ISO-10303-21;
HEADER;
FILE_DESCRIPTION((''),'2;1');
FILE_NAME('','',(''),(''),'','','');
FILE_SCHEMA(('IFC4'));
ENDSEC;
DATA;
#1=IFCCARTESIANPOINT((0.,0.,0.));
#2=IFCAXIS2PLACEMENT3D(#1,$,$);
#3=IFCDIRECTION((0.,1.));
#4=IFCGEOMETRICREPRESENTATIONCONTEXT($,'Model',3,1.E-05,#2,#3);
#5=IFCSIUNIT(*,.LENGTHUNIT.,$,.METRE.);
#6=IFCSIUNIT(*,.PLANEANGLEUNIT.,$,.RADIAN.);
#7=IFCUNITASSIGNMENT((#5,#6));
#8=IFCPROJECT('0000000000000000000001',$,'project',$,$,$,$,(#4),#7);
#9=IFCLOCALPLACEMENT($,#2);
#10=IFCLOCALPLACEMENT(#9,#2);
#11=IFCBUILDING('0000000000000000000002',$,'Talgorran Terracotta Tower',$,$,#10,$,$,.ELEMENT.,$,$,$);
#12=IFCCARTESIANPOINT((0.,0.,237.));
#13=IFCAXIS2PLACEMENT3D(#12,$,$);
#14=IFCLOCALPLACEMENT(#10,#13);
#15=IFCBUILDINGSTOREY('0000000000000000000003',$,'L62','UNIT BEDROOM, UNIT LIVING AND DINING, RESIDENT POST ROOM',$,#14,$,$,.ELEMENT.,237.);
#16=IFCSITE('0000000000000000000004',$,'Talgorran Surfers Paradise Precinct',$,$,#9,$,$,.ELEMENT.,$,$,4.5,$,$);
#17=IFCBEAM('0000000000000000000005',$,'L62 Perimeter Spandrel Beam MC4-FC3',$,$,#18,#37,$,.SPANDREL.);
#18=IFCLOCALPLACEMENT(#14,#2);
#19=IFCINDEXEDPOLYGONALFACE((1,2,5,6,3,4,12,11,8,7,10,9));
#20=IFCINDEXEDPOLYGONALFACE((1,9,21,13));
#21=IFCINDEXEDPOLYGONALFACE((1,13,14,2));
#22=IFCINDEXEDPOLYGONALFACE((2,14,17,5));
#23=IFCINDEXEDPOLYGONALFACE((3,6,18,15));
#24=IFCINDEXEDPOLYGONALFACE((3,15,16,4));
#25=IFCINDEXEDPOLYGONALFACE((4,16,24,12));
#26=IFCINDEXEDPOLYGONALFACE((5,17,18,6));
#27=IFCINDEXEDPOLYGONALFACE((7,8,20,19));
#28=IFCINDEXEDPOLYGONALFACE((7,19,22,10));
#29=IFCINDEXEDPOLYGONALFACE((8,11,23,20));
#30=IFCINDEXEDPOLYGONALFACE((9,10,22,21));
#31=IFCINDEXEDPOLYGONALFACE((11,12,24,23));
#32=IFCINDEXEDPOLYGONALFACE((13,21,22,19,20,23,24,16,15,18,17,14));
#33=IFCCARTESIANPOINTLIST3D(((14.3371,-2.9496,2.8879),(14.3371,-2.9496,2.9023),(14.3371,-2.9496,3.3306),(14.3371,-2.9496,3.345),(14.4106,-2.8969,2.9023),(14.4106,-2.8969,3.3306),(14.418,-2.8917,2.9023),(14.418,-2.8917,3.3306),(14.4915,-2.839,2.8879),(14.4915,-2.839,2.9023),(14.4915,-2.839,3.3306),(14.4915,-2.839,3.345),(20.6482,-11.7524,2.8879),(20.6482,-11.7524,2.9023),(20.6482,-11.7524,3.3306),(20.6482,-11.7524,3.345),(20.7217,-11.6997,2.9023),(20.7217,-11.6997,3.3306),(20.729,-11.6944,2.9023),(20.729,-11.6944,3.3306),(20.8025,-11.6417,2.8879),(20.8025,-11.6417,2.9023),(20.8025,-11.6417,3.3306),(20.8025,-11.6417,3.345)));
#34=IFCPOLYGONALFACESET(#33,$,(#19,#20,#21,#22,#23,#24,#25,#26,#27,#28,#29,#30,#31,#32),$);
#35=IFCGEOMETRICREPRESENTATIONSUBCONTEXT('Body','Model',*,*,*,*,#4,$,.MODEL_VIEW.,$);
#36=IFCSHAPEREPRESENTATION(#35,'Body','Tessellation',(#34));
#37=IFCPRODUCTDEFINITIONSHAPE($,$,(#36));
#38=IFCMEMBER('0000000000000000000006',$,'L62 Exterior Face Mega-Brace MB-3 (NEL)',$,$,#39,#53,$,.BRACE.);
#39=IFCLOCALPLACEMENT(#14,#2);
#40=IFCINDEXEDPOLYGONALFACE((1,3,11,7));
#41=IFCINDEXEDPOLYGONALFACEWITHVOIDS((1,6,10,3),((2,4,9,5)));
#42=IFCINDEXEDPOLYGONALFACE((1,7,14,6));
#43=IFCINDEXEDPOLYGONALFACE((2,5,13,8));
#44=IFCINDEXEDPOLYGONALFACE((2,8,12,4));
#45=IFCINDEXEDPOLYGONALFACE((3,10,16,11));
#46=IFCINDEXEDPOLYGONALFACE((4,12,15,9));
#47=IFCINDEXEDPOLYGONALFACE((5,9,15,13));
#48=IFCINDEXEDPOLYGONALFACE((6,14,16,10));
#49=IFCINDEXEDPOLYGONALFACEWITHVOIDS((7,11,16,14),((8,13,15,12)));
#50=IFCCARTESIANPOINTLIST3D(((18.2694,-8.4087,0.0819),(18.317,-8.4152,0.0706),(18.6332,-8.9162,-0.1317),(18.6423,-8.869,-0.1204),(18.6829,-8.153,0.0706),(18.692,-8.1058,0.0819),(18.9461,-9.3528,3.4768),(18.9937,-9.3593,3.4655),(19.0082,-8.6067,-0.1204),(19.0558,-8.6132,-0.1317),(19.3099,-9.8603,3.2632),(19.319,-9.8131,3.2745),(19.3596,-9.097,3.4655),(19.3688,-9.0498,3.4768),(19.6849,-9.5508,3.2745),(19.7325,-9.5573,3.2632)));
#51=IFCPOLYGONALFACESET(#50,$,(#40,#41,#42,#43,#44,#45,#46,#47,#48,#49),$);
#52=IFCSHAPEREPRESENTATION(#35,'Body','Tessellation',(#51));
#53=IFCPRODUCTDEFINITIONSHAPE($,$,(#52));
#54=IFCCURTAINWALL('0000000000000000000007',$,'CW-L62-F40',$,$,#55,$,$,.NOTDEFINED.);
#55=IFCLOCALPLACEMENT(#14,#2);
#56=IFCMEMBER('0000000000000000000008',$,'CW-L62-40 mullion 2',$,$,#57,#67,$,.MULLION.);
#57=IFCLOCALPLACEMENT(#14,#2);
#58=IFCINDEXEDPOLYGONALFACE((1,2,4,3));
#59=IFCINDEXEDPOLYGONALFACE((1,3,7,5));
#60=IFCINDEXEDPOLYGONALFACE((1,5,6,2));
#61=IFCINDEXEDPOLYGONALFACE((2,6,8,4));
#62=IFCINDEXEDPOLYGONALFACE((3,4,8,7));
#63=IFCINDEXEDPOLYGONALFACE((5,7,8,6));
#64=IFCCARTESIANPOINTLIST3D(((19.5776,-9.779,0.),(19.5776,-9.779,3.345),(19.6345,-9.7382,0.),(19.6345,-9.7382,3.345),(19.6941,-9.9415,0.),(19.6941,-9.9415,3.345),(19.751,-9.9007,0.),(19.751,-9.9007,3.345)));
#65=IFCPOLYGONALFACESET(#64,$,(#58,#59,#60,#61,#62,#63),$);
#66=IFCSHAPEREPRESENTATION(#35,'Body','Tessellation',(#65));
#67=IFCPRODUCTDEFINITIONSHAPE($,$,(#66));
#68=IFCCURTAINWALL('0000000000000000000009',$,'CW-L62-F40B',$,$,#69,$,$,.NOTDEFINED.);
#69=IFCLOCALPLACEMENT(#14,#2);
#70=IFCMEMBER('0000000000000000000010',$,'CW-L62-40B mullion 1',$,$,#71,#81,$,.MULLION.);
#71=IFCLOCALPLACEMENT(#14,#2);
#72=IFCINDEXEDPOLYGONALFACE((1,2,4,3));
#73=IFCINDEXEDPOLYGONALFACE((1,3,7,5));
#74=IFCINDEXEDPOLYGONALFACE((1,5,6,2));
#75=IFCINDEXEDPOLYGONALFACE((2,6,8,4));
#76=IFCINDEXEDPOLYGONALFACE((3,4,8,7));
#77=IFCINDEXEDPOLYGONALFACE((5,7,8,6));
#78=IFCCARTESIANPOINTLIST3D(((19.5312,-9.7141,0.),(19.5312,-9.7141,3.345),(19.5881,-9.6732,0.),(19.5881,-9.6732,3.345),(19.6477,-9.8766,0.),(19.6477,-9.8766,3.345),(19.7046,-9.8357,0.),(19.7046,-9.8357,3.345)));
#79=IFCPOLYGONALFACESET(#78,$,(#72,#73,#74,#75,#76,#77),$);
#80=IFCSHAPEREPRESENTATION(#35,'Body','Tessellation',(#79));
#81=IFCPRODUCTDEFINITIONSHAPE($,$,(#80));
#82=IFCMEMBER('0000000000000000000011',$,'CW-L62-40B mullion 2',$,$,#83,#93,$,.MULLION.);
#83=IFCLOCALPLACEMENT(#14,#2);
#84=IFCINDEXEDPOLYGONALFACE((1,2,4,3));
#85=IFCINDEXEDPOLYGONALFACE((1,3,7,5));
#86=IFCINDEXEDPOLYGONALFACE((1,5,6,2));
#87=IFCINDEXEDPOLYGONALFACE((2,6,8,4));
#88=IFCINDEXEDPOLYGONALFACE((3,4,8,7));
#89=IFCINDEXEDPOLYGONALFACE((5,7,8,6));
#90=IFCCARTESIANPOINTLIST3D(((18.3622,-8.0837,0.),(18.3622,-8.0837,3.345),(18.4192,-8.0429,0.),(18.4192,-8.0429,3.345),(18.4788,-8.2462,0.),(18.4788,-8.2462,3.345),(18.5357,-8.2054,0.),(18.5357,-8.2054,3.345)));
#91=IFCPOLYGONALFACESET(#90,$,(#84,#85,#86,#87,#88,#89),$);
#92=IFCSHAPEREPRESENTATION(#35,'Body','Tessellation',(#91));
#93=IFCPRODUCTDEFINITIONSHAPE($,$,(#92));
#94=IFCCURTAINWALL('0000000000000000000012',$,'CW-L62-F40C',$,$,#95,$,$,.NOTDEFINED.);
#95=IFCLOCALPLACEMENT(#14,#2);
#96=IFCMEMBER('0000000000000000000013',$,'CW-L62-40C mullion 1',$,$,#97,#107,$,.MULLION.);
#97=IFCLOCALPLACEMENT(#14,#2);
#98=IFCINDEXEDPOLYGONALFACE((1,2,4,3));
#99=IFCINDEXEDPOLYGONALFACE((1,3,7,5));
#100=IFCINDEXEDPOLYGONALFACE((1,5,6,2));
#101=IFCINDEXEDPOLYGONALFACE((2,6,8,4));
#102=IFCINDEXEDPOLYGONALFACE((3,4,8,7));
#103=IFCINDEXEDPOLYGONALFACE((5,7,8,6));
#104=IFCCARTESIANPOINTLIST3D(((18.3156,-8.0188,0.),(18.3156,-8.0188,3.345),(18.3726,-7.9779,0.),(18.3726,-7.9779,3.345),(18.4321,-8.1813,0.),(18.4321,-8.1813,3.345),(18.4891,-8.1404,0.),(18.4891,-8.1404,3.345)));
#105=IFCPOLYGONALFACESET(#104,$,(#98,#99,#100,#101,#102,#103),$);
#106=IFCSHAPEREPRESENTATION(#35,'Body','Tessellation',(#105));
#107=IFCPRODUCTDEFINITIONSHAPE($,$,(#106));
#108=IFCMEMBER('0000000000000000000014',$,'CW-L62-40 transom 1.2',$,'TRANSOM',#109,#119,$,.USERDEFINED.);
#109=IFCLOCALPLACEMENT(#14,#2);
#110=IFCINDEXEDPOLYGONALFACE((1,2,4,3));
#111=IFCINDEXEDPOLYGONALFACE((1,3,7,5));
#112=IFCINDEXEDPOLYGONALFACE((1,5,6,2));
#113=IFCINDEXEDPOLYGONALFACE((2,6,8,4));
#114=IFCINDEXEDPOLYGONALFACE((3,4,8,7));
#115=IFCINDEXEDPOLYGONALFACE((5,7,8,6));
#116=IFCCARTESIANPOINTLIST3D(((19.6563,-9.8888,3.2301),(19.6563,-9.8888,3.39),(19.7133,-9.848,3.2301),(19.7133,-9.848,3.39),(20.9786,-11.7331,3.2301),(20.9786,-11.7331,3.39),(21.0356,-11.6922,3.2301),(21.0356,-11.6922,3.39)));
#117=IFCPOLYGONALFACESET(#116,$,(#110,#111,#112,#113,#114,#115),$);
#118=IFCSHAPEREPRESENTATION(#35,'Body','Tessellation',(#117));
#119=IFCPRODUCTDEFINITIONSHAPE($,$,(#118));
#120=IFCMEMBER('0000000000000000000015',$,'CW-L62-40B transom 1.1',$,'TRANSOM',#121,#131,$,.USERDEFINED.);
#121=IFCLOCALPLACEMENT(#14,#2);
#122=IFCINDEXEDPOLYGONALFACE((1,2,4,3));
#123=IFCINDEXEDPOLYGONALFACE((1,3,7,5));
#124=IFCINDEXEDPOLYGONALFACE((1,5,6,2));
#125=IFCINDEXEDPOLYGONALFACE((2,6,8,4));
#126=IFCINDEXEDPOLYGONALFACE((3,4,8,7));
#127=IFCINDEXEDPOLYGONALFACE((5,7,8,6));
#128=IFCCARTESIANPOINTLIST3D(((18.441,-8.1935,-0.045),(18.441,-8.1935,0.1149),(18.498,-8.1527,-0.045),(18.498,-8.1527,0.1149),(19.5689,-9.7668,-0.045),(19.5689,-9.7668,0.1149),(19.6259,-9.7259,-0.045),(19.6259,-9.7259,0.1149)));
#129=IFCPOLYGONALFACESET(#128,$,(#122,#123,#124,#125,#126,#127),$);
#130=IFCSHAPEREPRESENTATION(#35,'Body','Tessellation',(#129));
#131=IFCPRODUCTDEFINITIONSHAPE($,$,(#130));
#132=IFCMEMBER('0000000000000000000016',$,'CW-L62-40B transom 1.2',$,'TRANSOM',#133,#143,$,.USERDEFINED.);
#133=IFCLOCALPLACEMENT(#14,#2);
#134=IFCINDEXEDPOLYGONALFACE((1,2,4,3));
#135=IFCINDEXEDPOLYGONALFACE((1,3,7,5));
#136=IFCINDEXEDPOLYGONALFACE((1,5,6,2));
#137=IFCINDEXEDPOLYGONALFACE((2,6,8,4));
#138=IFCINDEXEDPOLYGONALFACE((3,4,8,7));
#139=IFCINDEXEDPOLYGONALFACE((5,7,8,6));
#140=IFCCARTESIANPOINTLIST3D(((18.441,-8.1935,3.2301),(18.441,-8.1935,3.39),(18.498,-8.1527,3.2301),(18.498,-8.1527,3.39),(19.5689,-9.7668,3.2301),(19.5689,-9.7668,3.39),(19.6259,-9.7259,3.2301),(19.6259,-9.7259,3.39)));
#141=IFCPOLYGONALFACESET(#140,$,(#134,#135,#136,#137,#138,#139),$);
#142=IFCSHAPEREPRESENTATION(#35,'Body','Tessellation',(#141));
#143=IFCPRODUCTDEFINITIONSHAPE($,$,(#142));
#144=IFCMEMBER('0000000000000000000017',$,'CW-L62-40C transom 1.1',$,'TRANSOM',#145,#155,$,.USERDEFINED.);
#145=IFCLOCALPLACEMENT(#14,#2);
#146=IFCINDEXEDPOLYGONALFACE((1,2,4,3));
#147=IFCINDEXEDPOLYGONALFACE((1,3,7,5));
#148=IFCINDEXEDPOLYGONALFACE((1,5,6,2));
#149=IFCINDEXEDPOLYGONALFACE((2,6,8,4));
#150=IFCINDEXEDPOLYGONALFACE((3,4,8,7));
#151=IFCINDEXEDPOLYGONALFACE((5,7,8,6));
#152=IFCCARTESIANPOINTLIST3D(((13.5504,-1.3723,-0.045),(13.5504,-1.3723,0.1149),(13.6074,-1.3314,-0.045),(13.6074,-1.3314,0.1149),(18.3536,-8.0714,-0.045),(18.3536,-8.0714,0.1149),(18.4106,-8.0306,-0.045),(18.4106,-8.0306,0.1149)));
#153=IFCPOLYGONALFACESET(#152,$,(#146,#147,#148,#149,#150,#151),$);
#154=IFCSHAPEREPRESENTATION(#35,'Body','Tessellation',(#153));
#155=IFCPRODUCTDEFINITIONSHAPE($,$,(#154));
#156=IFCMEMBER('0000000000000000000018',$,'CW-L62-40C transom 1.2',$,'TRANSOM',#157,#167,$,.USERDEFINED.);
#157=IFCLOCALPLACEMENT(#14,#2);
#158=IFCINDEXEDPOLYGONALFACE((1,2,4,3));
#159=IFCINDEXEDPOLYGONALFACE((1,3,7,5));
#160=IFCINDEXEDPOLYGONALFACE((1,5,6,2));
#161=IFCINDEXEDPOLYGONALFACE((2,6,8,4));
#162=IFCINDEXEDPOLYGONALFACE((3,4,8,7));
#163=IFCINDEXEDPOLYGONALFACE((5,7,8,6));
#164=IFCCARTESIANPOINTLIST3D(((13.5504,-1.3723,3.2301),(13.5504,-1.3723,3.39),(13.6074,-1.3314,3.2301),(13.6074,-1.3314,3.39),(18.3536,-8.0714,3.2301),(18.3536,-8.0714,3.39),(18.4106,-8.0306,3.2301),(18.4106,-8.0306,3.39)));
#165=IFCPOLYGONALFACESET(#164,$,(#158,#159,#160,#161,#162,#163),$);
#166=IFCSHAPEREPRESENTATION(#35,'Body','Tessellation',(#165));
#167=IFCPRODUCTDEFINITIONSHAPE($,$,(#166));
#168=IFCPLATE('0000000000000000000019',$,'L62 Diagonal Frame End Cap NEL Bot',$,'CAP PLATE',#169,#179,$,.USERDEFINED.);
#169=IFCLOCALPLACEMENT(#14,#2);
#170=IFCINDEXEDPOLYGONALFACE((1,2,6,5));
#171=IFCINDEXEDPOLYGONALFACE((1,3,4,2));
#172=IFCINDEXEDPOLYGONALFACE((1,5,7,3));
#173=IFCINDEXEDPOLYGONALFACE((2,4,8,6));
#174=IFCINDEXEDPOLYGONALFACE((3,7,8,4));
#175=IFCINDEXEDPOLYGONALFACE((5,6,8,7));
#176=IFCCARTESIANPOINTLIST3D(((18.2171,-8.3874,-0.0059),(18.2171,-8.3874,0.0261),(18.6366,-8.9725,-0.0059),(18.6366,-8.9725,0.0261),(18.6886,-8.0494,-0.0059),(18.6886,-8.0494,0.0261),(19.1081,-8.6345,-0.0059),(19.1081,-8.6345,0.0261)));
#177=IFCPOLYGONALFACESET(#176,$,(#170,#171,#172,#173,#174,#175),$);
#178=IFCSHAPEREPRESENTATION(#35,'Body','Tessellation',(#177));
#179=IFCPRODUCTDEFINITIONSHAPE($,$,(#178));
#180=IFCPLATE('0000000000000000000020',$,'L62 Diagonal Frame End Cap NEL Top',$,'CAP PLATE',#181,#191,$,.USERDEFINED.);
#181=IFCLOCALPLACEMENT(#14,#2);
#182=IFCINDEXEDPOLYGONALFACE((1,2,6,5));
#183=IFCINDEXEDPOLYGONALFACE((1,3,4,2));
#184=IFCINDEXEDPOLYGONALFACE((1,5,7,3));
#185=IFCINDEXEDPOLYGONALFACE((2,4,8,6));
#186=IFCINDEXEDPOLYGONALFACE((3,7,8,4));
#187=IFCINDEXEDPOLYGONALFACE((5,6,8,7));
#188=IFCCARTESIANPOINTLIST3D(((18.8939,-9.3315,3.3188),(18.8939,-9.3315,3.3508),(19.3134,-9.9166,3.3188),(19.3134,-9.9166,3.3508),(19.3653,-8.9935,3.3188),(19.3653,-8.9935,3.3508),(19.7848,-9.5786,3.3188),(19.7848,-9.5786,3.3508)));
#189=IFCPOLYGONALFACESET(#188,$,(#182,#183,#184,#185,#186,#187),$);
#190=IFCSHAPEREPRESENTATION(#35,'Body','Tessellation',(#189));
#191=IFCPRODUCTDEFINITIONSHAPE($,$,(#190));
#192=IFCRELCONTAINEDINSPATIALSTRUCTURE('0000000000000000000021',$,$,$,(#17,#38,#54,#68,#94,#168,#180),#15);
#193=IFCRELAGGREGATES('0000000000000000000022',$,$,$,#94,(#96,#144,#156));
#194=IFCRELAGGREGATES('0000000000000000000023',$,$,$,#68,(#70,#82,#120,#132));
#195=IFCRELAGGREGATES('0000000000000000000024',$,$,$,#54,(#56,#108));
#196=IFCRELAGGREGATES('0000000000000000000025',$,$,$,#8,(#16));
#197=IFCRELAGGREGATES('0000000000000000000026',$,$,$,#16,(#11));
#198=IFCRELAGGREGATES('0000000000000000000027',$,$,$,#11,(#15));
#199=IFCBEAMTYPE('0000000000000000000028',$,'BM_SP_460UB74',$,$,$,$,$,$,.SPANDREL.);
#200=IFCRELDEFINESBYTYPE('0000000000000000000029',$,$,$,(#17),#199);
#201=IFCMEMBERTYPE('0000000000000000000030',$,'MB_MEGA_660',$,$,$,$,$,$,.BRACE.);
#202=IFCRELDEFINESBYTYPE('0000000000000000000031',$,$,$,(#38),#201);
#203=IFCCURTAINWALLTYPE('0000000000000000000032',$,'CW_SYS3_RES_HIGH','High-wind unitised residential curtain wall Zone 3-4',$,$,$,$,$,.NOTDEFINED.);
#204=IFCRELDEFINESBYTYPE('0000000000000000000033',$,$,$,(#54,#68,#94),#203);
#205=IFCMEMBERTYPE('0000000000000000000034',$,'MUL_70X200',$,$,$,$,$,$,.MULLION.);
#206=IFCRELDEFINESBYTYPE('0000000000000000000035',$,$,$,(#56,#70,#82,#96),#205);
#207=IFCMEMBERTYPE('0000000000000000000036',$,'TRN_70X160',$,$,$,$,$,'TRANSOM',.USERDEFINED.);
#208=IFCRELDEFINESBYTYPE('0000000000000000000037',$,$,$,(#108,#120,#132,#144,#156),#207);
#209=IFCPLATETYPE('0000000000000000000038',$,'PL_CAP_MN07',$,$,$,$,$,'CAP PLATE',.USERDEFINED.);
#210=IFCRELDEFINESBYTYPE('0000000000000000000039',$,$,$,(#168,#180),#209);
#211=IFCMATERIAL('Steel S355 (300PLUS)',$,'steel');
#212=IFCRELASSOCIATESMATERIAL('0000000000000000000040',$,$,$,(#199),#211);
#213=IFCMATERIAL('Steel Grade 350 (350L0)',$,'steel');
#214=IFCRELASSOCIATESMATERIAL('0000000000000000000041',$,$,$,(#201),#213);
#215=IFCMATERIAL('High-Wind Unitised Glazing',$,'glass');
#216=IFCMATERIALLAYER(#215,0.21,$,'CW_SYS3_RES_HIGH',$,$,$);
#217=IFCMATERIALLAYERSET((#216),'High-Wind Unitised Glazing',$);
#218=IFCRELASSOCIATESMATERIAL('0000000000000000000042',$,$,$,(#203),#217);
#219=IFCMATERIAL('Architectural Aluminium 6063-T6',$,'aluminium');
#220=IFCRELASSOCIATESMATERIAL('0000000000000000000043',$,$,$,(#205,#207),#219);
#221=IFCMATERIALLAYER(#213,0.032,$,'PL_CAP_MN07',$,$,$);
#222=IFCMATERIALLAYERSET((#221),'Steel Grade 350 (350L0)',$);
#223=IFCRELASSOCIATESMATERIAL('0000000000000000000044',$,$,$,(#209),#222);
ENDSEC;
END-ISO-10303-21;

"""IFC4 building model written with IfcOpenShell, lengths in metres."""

from ifc_helpers import new_model, si_unit, direction, frame, origin, origin_2d, place, context, subcontext, project, spatial, rectangle, hollow_rectangle, i_section, extrude, material, layer, layer_set, material_profile, profile_set, type_object, element, aggregate, save


model = new_model("IFC4")

# Units and contexts
model_context = context("Model", 3, precision=1e-05, world=origin(), true_north=direction((0.0, 1.0)))
body_context = subcontext(model_context, "Body", "Model", "MODEL_VIEW")
ifc_project = project(units=[si_unit("LENGTHUNIT", "METRE"), si_unit("PLANEANGLEUNIT", "RADIAN")], contexts=[model_context])

# Site, building, storey
site_placement = place(None, origin())
site = spatial("IfcSite", under=ifc_project, at=site_placement, Name="Talgorran Surfers Paradise Precinct", CompositionType="ELEMENT", RefElevation=4.5)
building_placement = place(site_placement, origin())
building = spatial("IfcBuilding", under=site, at=building_placement, Name="Talgorran Terracotta Tower", CompositionType="ELEMENT")
storey_placement = place(building_placement, frame((0.0, 0.0, 237.0)))
storey = spatial("IfcBuildingStorey", under=building, at=storey_placement, Name="L62", Description="UNIT BEDROOM, UNIT LIVING AND DINING, RESIDENT POST ROOM", CompositionType="ELEMENT", Elevation=237.0)

# Beam
ifc_material_1 = material(Name="Steel S355 (300PLUS)", Category="steel")
ifc_material_profile_1 = material_profile(ifc_material_1, i_section(OverallWidth=0.1899, OverallDepth=0.457, WebThickness=0.009, FlangeThickness=0.0144, at=origin_2d()), Name="460UB74.6")
ifc_profile_set_1 = profile_set([ifc_material_profile_1], Name="Steel S355 (300PLUS)")
beam_type = type_object("IfcBeamType", Name="BM_SP_460UB74", PredefinedType="SPANDREL", material=ifc_profile_set_1)
beam_placement = place(storey_placement, frame((20.7253, -11.697, 3.1165), z_axis=(-0.582666, 0.812712, 0.0), x_axis=(-0.812712, -0.582666, 0.0)))
element("IfcBeam", 1, at=beam_placement, inside=storey, type_object=beam_type, Name="L62 Perimeter Spandrel Beam MC4-FC3", PredefinedType="SPANDREL", context=body_context, shape_type="SweptSolid", body=[
    extrude(i_section(OverallWidth=0.1899, OverallDepth=0.457, WebThickness=0.009, FlangeThickness=0.0144, at=origin_2d()), origin(), (0.0, 0.0, 1.0), 10.8313),
])

# Member
ifc_material_2 = material(Name="Steel Grade 350 (350L0)", Category="steel")
ifc_material_profile_2 = material_profile(ifc_material_2, hollow_rectangle(XDim=0.52, YDim=0.6599, WallThickness=0.0349, at=origin_2d()), Name="WBOX660X520X35")
ifc_profile_set_2 = profile_set([ifc_material_profile_2], Name="Steel Grade 350 (350L0)")
member_type_1 = type_object("IfcMemberType", Name="MB_MEGA_660", PredefinedType="BRACE", material=ifc_profile_set_2)
member_1_placement = place(storey_placement, frame((18.6626, -8.511, -0.0249), z_axis=(0.188604, -0.263107, 0.946152), x_axis=(0.812752, 0.582609, 0.0)))
element("IfcMember", 2, at=member_1_placement, inside=storey, type_object=member_type_1, Name="L62 Exterior Face Mega-Brace MB-3 (NEL)", PredefinedType="BRACE", context=body_context, shape_type="SweptSolid", body=[
    extrude(hollow_rectangle(XDim=0.52, YDim=0.6599, WallThickness=0.0349, at=origin_2d()), origin(), (0.0, 0.0, 1.0), 3.5881),
])

# Curtain wall, member
ifc_material_3 = material(Name="High-Wind Unitised Glazing", Category="glass")
ifc_layer_1 = layer(ifc_material_3, 0.21, Name="CW_SYS3_RES_HIGH")
ifc_layer_set_1 = layer_set([ifc_layer_1], Name="High-Wind Unitised Glazing")
curtain_wall_type = type_object("IfcCurtainWallType", Name="CW_SYS3_RES_HIGH", Description="High-wind unitised residential curtain wall Zone 3-4", PredefinedType="NOTDEFINED", material=ifc_layer_set_1)
curtain_wall_1_placement = place(storey_placement, origin())
curtain_wall_1 = element("IfcCurtainWall", 3, at=curtain_wall_1_placement, inside=storey, type_object=curtain_wall_type, Name="CW-L62-F40", PredefinedType="NOTDEFINED")
ifc_material_4 = material(Name="Architectural Aluminium 6063-T6", Category="aluminium")
ifc_material_profile_3 = material_profile(ifc_material_4, rectangle(XDim=0.0701, YDim=0.2, at=origin_2d()), Name="CWM70X200")
ifc_profile_set_3 = profile_set([ifc_material_profile_3], Name="Architectural Aluminium 6063-T6")
member_type_2 = type_object("IfcMemberType", Name="MUL_70X200", PredefinedType="MULLION", material=ifc_profile_set_3)
member_2_placement = place(storey_placement, frame((19.6643, -9.8398, 0.0), z_axis=(0.0, 0.0, 1.0), x_axis=(-0.812706, -0.582674, 0.0)))
member_2 = element("IfcMember", 4, at=member_2_placement, type_object=member_type_2, Name="CW-L62-40 mullion 2", PredefinedType="MULLION", context=body_context, shape_type="SweptSolid", body=[
    extrude(rectangle(XDim=0.0701, YDim=0.2, at=origin_2d()), origin(), (0.0, 0.0, 1.0), 3.345),
])

# Curtain wall, members
curtain_wall_2_placement = place(storey_placement, origin())
curtain_wall_2 = element("IfcCurtainWall", 5, at=curtain_wall_2_placement, inside=storey, type_object=curtain_wall_type, Name="CW-L62-F40B", PredefinedType="NOTDEFINED")
member_3_placement = place(storey_placement, frame((19.6179, -9.7749, 0.0), z_axis=(0.0, 0.0, 1.0), x_axis=(-0.8127, -0.582682, 0.0)))
member_3 = element("IfcMember", 6, at=member_3_placement, type_object=member_type_2, Name="CW-L62-40B mullion 1", PredefinedType="MULLION", context=body_context, shape_type="SweptSolid", body=[
    extrude(rectangle(XDim=0.0701, YDim=0.2, at=origin_2d()), origin(), (0.0, 0.0, 1.0), 3.345),
])
member_4_placement = place(storey_placement, frame((18.449, -8.1445, 0.0), z_axis=(0.0, 0.0, 1.0), x_axis=(-0.8127, -0.582682, 0.0)))
member_4 = element("IfcMember", 7, at=member_4_placement, type_object=member_type_2, Name="CW-L62-40B mullion 2", PredefinedType="MULLION", context=body_context, shape_type="SweptSolid", body=[
    extrude(rectangle(XDim=0.0701, YDim=0.2, at=origin_2d()), origin(), (0.0, 0.0, 1.0), 3.345),
])

# Curtain wall, member
curtain_wall_3_placement = place(storey_placement, origin())
curtain_wall_3 = element("IfcCurtainWall", 8, at=curtain_wall_3_placement, inside=storey, type_object=curtain_wall_type, Name="CW-L62-F40C", PredefinedType="NOTDEFINED")
member_5_placement = place(storey_placement, frame((18.4023, -8.0796, 0.0), z_axis=(0.0, 0.0, 1.0), x_axis=(-0.812709, -0.582669, 0.0)))
member_5 = element("IfcMember", 9, at=member_5_placement, type_object=member_type_2, Name="CW-L62-40C mullion 1", PredefinedType="MULLION", context=body_context, shape_type="SweptSolid", body=[
    extrude(rectangle(XDim=0.0701, YDim=0.2, at=origin_2d()), origin(), (0.0, 0.0, 1.0), 3.345),
])

# Members
ifc_material_profile_4 = material_profile(ifc_material_4, rectangle(XDim=0.0701, YDim=0.1599, at=origin_2d()), Name="CWT70X160")
ifc_profile_set_4 = profile_set([ifc_material_profile_4], Name="Architectural Aluminium 6063-T6")
member_type_3 = type_object("IfcMemberType", Name="TRN_70X160", ElementType="TRANSOM", PredefinedType="USERDEFINED", material=ifc_profile_set_4)
member_6_placement = place(storey_placement, frame((21.0071, -11.7126, 3.3101), z_axis=(-0.582682, 0.8127, 0.0), x_axis=(-0.8127, -0.582682, 0.0)))
member_6 = element("IfcMember", 10, at=member_6_placement, type_object=member_type_3, Name="CW-L62-40 transom 1.2", ObjectType="TRANSOM", PredefinedType="USERDEFINED", context=body_context, shape_type="SweptSolid", body=[
    extrude(rectangle(XDim=0.0701, YDim=0.1599, at=origin_2d()), origin(), (0.0, 0.0, 1.0), 2.2693),
])
member_7_placement = place(storey_placement, frame((19.5974, -9.7463, 0.0349), z_axis=(-0.582669, 0.81271, 0.0), x_axis=(-0.81271, -0.582669, 0.0)))
member_7 = element("IfcMember", 11, at=member_7_placement, type_object=member_type_3, Name="CW-L62-40B transom 1.1", ObjectType="TRANSOM", PredefinedType="USERDEFINED", context=body_context, shape_type="SweptSolid", body=[
    extrude(rectangle(XDim=0.0701, YDim=0.1599, at=origin_2d()), origin(), (0.0, 0.0, 1.0), 1.9358),
])
member_8_placement = place(storey_placement, frame((19.5974, -9.7463, 3.3101), z_axis=(-0.582669, 0.81271, 0.0), x_axis=(-0.81271, -0.582669, 0.0)))
member_8 = element("IfcMember", 12, at=member_8_placement, type_object=member_type_3, Name="CW-L62-40B transom 1.2", ObjectType="TRANSOM", PredefinedType="USERDEFINED", context=body_context, shape_type="SweptSolid", body=[
    extrude(rectangle(XDim=0.0701, YDim=0.1599, at=origin_2d()), origin(), (0.0, 0.0, 1.0), 1.9358),
])
member_9_placement = place(storey_placement, frame((18.3821, -8.051, 0.0349), z_axis=(-0.582689, 0.812696, 0.0), x_axis=(-0.812696, -0.582689, 0.0)))
member_9 = element("IfcMember", 13, at=member_9_placement, type_object=member_type_3, Name="CW-L62-40C transom 1.1", ObjectType="TRANSOM", PredefinedType="USERDEFINED", context=body_context, shape_type="SweptSolid", body=[
    extrude(rectangle(XDim=0.0701, YDim=0.1599, at=origin_2d()), origin(), (0.0, 0.0, 1.0), 8.2432),
])
member_10_placement = place(storey_placement, frame((18.3821, -8.051, 3.3101), z_axis=(-0.582689, 0.812696, 0.0), x_axis=(-0.812696, -0.582689, 0.0)))
member_10 = element("IfcMember", 14, at=member_10_placement, type_object=member_type_3, Name="CW-L62-40C transom 1.2", ObjectType="TRANSOM", PredefinedType="USERDEFINED", context=body_context, shape_type="SweptSolid", body=[
    extrude(rectangle(XDim=0.0701, YDim=0.1599, at=origin_2d()), origin(), (0.0, 0.0, 1.0), 8.2432),
])
aggregate(curtain_wall_3, [member_5, member_9, member_10])

# Plates
ifc_layer_2 = layer(ifc_material_2, 0.032, Name="PL_CAP_MN07")
ifc_layer_set_2 = layer_set([ifc_layer_2], Name="Steel Grade 350 (350L0)")
plate_type_1 = type_object("IfcPlateType", Name="PL_CAP_MN07", ElementType="CAP PLATE", PredefinedType="USERDEFINED", material=ifc_layer_set_2)
for number, where, z_axis, x_axis, name in (
    (15, (18.6626, -8.511, -0.0059), (0.0, 0.0, 1.0), (0.58269, -0.812694, 0.0), "L62 Diagonal Frame End Cap NEL Bot"),
    (16, (19.3394, -9.4551, 3.3188), (0.0, 0.0, 1.0), (0.58269, -0.812694, 0.0), "L62 Diagonal Frame End Cap NEL Top"),
):
    element("IfcPlate", number, at=place(storey_placement, frame(where, z_axis=z_axis, x_axis=x_axis)), inside=storey, type_object=plate_type_1, Name=name, ObjectType="CAP PLATE", PredefinedType="USERDEFINED", context=body_context, shape_type="SweptSolid", body=[
        extrude(rectangle(XDim=0.72, YDim=0.5801, at=origin_2d()), origin(), (0.0, 0.0, 1.0), 0.032),
    ])

aggregate(curtain_wall_2, [member_3, member_4, member_7, member_8])
aggregate(curtain_wall_1, [member_2, member_6])

save(model, "model.ifc")
